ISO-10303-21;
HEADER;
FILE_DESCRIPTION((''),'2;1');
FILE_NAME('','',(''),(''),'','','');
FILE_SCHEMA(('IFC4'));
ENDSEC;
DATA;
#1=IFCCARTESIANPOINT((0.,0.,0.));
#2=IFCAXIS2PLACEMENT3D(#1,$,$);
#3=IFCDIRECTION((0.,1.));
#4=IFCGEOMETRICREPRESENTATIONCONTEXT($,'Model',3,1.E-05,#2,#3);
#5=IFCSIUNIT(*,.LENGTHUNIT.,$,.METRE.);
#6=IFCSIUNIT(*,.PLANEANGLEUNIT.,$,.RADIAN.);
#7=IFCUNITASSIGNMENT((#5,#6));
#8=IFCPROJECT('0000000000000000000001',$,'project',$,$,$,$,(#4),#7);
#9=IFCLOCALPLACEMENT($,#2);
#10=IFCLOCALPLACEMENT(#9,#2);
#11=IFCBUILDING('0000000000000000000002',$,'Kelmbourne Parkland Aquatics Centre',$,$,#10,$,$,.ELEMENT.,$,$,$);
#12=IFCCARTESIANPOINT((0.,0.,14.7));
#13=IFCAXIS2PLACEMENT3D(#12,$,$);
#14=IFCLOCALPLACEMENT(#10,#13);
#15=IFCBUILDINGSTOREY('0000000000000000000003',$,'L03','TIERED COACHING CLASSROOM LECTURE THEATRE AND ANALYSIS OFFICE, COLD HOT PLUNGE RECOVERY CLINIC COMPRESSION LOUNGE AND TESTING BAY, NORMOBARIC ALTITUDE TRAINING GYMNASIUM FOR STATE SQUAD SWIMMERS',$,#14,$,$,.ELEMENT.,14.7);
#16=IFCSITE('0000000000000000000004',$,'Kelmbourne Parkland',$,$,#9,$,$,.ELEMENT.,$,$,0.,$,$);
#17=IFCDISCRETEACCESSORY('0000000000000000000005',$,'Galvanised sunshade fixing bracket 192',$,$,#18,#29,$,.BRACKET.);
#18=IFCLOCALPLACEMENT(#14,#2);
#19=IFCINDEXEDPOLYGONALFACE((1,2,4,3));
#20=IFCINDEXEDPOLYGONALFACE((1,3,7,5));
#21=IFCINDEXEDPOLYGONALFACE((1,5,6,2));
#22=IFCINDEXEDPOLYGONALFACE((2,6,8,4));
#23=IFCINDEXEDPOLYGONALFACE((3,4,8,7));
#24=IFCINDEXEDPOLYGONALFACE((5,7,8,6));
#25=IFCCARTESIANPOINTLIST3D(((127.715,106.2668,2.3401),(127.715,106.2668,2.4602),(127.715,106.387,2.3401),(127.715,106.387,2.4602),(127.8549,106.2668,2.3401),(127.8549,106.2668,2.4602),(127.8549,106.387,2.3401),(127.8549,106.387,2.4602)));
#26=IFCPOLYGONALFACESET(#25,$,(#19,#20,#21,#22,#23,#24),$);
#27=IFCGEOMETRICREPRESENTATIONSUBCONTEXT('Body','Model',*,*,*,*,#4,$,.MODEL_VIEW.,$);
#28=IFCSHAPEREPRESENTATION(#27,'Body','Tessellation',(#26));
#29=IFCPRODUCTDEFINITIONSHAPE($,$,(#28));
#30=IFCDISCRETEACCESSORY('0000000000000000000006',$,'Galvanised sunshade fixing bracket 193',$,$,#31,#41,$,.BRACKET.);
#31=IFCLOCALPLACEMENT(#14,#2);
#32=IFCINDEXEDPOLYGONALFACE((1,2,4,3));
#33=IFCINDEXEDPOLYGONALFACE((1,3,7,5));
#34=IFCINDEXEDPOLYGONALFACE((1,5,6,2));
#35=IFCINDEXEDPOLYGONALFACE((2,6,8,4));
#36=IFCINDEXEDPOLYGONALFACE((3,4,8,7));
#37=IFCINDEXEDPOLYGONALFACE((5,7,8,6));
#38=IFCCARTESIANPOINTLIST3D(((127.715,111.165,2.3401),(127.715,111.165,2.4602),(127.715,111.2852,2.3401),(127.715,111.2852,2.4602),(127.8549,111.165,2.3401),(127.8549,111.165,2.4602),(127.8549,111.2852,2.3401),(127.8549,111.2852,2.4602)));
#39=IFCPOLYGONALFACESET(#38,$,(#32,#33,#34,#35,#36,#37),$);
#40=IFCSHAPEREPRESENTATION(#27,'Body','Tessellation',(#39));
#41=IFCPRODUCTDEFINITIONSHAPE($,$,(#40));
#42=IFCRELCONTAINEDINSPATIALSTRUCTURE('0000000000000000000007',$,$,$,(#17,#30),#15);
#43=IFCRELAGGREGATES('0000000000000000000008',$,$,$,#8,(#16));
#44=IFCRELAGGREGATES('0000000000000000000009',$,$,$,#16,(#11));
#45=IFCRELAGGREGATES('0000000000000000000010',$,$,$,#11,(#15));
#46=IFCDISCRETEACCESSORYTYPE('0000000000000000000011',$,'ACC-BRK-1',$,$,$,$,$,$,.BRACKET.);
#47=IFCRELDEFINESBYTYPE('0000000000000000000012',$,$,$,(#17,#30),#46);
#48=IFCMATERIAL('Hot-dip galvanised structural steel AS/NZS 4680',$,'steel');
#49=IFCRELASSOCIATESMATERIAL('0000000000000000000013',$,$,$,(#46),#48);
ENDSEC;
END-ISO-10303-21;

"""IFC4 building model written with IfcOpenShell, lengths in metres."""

from ifc_helpers import new_model, si_unit, direction, frame, origin, origin_2d, place, context, subcontext, project, spatial, rectangle, extrude, material, type_object, element, save


model = new_model("IFC4")

# Units and contexts
model_context = context("Model", 3, precision=1e-05, world=origin(), true_north=direction((0.0, 1.0)))
body_context = subcontext(model_context, "Body", "Model", "MODEL_VIEW")
ifc_project = project(units=[si_unit("LENGTHUNIT", "METRE"), si_unit("PLANEANGLEUNIT", "RADIAN")], contexts=[model_context])

# Site, building, storey
site_placement = place(None, origin())
site = spatial("IfcSite", under=ifc_project, at=site_placement, Name="Kelmbourne Parkland", CompositionType="ELEMENT", RefElevation=0.0)
building_placement = place(site_placement, origin())
building = spatial("IfcBuilding", under=site, at=building_placement, Name="Kelmbourne Parkland Aquatics Centre", CompositionType="ELEMENT")
storey_placement = place(building_placement, frame((0.0, 0.0, 14.7)))
storey = spatial("IfcBuildingStorey", under=building, at=storey_placement, Name="L03", Description="TIERED COACHING CLASSROOM LECTURE THEATRE AND ANALYSIS OFFICE, COLD HOT PLUNGE RECOVERY CLINIC COMPRESSION LOUNGE AND TESTING BAY, NORMOBARIC ALTITUDE TRAINING GYMNASIUM FOR STATE SQUAD SWIMMERS", CompositionType="ELEMENT", Elevation=14.7)

# Discrete accessories
ifc_material_1 = material(Name="Hot-dip galvanised structural steel AS/NZS 4680", Category="steel")
discrete_accessory_type = type_object("IfcDiscreteAccessoryType", Name="ACC-BRK-1", PredefinedType="BRACKET", material=ifc_material_1)
for number, where, z_axis, x_axis, name in (
    (1, (127.7849, 106.3269, 2.3401), (0.0, 0.0, 1.0), (0.0, 1.0, 0.0), "Galvanised sunshade fixing bracket 192"),
    (2, (127.7849, 111.2251, 2.3401), (0.0, 0.0, 1.0), (0.0, 1.0, 0.0), "Galvanised sunshade fixing bracket 193"),
):
    element("IfcDiscreteAccessory", number, at=place(storey_placement, frame(where, z_axis=z_axis, x_axis=x_axis)), inside=storey, type_object=discrete_accessory_type, Name=name, PredefinedType="BRACKET", context=body_context, shape_type="SweptSolid", body=[
        extrude(rectangle(XDim=0.1201, YDim=0.1399, at=origin_2d()), origin(), (0.0, 0.0, 1.0), 0.1201),
    ])

save(model, "model.ifc")
